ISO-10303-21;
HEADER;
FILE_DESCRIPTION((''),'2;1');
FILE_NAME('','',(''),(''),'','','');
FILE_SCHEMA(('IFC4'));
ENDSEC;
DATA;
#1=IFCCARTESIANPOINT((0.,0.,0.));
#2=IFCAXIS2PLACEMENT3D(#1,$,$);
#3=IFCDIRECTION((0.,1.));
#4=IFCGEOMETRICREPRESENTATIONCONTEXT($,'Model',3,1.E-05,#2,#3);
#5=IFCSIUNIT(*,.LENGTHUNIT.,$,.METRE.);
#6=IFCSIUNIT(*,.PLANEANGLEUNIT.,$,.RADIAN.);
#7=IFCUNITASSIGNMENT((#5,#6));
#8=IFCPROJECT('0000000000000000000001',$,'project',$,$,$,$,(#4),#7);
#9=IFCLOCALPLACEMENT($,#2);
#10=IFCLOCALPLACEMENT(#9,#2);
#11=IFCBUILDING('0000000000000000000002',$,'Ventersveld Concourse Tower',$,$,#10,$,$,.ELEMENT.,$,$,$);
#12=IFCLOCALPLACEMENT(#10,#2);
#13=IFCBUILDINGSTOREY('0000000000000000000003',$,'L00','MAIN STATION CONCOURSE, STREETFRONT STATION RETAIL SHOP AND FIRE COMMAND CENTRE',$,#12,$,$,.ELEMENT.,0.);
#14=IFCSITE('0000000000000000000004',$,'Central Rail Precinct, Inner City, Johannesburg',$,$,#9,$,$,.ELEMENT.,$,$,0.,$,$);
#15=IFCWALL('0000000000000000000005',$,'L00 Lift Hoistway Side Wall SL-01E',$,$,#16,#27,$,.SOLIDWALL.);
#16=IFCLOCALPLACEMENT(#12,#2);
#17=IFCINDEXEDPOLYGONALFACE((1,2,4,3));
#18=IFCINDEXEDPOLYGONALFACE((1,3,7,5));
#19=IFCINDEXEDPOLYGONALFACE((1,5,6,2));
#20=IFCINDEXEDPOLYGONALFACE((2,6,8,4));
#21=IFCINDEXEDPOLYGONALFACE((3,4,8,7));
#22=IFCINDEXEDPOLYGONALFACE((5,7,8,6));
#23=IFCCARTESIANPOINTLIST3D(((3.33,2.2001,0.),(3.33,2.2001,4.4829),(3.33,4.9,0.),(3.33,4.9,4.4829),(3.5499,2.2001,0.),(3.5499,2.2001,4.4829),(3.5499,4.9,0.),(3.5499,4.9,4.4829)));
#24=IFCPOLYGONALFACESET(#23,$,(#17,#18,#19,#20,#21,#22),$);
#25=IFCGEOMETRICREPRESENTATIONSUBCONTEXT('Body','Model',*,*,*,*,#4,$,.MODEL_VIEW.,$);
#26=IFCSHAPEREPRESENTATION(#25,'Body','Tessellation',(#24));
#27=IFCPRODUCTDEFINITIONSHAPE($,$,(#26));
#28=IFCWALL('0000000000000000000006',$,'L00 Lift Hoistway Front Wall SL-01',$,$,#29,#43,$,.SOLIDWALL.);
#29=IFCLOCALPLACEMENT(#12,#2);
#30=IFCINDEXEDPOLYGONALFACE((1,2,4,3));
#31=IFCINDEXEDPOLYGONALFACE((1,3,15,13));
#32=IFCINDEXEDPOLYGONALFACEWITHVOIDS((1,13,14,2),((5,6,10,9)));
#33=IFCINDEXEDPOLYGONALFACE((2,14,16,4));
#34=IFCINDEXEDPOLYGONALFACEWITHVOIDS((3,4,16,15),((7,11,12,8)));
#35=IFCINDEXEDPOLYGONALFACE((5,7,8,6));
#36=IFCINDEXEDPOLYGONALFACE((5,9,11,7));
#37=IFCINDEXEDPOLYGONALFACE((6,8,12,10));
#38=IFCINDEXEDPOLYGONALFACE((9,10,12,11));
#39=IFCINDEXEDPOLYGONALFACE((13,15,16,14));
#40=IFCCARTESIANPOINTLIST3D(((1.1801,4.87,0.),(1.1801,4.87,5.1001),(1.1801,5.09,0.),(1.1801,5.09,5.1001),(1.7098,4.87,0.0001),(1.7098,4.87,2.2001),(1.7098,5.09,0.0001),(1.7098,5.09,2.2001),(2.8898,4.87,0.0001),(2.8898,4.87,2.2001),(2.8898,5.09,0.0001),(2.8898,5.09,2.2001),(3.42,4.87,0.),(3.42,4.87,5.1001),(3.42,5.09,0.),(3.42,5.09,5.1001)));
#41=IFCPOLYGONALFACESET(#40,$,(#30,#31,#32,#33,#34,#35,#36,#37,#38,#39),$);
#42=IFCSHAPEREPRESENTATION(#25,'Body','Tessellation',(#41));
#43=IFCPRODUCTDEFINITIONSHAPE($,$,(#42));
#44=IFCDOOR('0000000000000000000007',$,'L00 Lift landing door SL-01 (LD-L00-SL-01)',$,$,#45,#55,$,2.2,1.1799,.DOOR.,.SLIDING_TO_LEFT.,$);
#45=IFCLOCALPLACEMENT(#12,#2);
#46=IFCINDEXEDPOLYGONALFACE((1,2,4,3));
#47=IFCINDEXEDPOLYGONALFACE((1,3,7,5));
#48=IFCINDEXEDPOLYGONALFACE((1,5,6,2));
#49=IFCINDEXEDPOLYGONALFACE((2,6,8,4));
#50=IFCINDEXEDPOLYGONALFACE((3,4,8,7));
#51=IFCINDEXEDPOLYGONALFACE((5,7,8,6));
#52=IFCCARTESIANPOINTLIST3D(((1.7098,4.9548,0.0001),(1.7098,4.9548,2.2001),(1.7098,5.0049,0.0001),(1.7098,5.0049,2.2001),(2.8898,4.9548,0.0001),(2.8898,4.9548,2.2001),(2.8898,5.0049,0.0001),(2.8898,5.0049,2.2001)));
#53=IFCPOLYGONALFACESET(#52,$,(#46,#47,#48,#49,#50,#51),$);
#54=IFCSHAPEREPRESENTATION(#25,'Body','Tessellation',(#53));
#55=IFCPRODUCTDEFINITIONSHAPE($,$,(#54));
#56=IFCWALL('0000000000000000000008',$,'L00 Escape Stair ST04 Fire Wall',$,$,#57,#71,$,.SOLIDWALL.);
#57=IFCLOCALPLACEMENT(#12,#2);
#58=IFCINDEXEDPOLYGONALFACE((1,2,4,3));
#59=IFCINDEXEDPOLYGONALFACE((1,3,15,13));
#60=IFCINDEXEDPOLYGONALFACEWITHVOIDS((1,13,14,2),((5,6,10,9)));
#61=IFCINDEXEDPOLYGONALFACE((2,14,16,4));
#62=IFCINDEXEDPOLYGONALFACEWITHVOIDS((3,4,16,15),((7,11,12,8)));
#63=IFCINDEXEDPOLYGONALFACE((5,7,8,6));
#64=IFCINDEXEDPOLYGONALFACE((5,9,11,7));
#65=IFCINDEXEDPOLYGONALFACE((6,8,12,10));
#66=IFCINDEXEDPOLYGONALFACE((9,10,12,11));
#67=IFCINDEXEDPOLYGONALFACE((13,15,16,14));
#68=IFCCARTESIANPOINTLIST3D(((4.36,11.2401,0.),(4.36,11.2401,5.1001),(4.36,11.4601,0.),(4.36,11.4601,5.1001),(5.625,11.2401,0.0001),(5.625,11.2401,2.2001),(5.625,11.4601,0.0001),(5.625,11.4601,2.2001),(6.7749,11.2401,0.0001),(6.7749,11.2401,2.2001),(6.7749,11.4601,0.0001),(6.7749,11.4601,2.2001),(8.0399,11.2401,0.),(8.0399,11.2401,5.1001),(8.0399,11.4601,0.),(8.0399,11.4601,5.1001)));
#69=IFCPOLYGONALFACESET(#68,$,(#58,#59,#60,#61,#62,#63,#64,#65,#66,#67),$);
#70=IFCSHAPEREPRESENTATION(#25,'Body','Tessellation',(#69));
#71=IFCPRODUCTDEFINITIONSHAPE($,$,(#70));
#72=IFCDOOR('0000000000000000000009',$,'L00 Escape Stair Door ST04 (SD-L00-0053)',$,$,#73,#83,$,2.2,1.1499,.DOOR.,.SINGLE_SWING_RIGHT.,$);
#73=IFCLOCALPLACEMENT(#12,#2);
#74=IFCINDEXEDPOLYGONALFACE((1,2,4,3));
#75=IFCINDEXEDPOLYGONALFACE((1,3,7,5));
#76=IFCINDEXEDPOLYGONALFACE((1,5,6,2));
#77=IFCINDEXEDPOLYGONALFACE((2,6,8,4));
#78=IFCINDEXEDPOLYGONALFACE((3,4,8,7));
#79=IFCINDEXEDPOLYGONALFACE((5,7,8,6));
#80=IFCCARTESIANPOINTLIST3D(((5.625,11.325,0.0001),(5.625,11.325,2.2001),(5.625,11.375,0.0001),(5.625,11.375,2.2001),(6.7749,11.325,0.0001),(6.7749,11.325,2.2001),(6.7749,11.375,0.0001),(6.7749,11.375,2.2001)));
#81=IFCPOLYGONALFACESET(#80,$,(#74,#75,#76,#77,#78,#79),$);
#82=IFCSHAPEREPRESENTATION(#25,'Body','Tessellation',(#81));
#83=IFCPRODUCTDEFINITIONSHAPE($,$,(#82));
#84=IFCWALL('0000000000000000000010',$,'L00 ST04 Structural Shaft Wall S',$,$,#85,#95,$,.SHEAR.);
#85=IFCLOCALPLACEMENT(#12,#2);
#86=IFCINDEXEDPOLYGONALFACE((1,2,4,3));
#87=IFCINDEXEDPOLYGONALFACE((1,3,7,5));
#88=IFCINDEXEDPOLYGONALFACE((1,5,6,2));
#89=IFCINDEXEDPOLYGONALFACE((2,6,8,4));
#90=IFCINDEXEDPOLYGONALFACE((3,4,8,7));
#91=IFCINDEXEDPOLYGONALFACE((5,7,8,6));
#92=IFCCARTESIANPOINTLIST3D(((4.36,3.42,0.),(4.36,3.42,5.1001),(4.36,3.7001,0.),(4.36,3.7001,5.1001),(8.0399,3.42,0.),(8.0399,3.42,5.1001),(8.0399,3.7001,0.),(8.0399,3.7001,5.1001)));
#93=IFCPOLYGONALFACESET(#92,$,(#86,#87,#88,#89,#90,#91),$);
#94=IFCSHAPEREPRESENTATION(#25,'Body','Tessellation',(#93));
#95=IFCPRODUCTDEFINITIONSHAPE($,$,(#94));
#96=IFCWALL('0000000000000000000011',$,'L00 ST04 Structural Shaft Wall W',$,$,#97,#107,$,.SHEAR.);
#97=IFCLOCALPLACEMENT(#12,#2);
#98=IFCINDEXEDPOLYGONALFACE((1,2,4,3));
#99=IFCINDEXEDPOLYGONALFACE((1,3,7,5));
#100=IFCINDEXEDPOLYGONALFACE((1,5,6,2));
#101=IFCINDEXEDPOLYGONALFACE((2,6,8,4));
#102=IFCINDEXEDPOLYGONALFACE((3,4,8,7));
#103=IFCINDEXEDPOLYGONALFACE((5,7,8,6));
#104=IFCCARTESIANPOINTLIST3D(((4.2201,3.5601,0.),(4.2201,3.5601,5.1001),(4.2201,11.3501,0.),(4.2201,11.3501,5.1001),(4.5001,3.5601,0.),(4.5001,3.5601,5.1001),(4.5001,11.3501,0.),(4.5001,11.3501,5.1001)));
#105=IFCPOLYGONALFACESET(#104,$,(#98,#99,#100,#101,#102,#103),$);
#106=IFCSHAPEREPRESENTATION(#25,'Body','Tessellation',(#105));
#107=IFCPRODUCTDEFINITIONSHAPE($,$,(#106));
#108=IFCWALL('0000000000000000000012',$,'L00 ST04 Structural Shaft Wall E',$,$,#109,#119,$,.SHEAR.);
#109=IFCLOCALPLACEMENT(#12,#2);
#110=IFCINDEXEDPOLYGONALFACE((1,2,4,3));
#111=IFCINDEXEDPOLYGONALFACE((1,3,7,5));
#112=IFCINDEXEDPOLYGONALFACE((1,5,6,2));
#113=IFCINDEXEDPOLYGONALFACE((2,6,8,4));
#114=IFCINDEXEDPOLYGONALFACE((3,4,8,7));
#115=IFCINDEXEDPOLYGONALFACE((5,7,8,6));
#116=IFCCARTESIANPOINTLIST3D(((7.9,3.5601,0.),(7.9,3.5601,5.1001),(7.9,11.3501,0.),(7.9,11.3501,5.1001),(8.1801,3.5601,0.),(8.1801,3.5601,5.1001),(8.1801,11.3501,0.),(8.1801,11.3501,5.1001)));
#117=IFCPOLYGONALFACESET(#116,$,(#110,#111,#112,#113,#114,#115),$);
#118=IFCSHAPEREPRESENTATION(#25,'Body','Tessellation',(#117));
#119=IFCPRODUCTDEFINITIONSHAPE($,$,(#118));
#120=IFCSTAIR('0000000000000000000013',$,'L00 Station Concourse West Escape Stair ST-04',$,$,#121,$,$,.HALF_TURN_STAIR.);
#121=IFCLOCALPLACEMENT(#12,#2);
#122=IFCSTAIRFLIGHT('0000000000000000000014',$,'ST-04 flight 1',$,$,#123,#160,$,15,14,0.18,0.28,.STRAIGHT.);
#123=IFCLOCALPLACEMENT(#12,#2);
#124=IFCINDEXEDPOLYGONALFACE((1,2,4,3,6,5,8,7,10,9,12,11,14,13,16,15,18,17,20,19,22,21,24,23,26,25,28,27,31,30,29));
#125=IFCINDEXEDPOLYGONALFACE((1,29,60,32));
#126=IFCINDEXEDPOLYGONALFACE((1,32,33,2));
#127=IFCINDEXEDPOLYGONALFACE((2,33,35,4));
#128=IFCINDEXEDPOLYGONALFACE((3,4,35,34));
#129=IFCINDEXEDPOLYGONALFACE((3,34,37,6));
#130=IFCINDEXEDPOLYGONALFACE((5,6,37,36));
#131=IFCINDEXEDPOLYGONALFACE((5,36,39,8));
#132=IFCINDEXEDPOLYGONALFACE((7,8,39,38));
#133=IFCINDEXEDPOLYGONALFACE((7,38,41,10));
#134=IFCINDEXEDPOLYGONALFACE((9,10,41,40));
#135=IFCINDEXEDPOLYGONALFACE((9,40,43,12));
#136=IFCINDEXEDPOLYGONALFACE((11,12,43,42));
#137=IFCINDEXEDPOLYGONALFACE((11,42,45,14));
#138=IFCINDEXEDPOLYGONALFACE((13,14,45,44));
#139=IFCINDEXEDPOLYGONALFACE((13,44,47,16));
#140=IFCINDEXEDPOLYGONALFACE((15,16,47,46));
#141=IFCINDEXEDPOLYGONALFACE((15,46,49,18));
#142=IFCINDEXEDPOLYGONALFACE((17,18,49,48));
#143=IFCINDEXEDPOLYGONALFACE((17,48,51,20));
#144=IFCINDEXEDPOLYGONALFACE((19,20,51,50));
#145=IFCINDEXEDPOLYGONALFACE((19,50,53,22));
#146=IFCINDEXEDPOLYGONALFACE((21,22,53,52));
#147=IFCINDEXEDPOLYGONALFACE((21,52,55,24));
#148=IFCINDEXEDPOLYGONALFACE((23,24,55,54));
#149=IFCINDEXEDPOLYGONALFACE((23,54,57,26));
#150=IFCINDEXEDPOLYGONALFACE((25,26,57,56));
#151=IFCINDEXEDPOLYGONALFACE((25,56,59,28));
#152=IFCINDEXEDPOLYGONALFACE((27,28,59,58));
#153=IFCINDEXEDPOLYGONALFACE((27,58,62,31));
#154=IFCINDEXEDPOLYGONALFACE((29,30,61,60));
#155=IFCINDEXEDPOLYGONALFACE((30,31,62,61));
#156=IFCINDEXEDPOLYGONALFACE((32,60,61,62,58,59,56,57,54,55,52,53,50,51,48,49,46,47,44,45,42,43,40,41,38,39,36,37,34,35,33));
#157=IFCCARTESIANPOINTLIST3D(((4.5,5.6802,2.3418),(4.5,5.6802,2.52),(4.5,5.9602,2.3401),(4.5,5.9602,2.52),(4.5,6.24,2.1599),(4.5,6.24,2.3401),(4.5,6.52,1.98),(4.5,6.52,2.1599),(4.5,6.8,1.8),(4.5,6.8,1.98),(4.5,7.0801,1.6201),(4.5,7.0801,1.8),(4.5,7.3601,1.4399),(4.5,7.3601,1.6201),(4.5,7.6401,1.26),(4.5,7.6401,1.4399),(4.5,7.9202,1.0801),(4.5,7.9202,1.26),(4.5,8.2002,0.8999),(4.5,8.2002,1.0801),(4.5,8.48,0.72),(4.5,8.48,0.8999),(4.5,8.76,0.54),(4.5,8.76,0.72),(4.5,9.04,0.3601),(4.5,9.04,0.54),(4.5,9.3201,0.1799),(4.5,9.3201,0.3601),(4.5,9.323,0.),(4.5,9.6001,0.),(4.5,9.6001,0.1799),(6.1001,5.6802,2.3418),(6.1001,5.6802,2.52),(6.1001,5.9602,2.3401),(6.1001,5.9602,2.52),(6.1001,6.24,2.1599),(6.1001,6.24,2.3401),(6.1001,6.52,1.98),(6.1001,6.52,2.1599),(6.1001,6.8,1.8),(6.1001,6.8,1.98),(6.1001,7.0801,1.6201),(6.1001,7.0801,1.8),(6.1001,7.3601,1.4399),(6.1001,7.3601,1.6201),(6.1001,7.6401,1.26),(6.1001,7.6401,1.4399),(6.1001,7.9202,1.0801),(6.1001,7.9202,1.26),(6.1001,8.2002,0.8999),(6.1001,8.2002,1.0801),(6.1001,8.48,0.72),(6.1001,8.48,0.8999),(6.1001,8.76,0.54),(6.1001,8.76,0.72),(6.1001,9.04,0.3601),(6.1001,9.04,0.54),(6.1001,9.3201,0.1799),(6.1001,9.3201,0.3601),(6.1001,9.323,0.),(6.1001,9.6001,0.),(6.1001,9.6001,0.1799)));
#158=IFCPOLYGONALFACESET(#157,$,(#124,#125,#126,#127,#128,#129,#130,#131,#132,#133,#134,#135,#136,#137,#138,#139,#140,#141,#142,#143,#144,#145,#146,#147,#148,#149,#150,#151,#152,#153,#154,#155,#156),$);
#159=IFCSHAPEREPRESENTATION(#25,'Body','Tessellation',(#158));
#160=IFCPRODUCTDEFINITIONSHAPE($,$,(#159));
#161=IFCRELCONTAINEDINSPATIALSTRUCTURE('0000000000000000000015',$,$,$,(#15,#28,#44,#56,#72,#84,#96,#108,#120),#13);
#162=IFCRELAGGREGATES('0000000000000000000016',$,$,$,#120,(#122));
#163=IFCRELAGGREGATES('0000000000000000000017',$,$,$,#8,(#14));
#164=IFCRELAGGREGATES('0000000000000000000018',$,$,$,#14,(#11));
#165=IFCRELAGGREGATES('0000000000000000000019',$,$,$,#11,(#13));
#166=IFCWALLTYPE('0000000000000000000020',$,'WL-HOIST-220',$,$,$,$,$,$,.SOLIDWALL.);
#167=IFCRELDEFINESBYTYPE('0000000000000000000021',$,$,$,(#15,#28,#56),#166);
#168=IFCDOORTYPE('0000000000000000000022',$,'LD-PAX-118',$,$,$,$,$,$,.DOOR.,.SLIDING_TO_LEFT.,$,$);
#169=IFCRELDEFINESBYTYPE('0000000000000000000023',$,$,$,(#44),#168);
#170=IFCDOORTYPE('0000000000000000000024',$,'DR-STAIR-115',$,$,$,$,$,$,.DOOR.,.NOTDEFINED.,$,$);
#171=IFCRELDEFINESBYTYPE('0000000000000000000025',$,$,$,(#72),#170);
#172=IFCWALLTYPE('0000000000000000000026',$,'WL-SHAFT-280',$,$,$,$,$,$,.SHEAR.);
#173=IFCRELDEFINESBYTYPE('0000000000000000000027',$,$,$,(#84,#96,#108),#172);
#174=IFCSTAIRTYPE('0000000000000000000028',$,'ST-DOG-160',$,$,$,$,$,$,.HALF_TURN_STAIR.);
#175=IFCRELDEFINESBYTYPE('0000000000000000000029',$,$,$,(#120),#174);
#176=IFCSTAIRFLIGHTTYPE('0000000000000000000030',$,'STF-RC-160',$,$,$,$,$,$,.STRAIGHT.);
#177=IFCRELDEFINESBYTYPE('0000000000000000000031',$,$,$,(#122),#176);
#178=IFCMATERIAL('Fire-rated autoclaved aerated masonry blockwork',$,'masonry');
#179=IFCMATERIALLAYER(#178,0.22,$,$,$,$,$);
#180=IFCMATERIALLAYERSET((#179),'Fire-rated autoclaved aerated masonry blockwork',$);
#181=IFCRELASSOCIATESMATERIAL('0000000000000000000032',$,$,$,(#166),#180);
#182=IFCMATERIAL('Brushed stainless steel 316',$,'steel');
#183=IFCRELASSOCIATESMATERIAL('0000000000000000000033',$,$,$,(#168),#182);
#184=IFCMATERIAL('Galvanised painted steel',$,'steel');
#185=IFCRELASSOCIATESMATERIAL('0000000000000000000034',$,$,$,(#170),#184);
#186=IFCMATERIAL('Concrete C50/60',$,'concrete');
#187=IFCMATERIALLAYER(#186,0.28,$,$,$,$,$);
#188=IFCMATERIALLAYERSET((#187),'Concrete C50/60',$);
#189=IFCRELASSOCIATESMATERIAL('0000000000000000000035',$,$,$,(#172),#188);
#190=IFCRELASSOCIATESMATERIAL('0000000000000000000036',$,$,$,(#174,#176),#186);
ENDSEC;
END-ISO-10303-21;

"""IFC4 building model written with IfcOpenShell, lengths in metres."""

from ifc_helpers import new_model, si_unit, direction, frame, frame_2d, origin, place, context, subcontext, project, spatial, polyline, rectangle, outline, extrude, material, layer, layer_set, type_object, element, fill, aggregate, save


model = new_model("IFC4")

# Units and contexts
model_context = context("Model", 3, precision=1e-05, world=origin(), true_north=direction((0.0, 1.0)))
body_context = subcontext(model_context, "Body", "Model", "MODEL_VIEW")
ifc_project = project(units=[si_unit("LENGTHUNIT", "METRE"), si_unit("PLANEANGLEUNIT", "RADIAN")], contexts=[model_context])

# Site, building, storey
site_placement = place(None, origin())
site = spatial("IfcSite", under=ifc_project, at=site_placement, Name="Central Rail Precinct, Inner City, Johannesburg", CompositionType="ELEMENT", RefElevation=0.0)
building_placement = place(site_placement, origin())
building = spatial("IfcBuilding", under=site, at=building_placement, Name="Ventersveld Concourse Tower", CompositionType="ELEMENT")
storey_placement = place(building_placement, origin())
storey = spatial("IfcBuildingStorey", under=building, at=storey_placement, Name="L00", Description="MAIN STATION CONCOURSE, STREETFRONT STATION RETAIL SHOP AND FIRE COMMAND CENTRE", CompositionType="ELEMENT", Elevation=0.0)

# Wall
ifc_material_1 = material(Name="Fire-rated autoclaved aerated masonry blockwork", Category="masonry")
ifc_layer_1 = layer(ifc_material_1, 0.22)
ifc_layer_set_1 = layer_set([ifc_layer_1], Name="Fire-rated autoclaved aerated masonry blockwork")
wall_type_1 = type_object("IfcWallType", Name="WL-HOIST-220", PredefinedType="SOLIDWALL", material=ifc_layer_set_1)
wall_1_placement = place(storey_placement, frame((3.4399, 2.2, 0.0), z_axis=(0.0, 0.0, 1.0), x_axis=(0.0, 1.0, 0.0)))
element("IfcWall", 1, at=wall_1_placement, inside=storey, type_object=wall_type_1, Name="L00 Lift Hoistway Side Wall SL-01E", PredefinedType="SOLIDWALL", context=body_context, shape_type="SweptSolid", body=[
    extrude(rectangle(XDim=2.7, YDim=0.22, at=frame_2d((1.3501, 0.0))), origin(), (0.0, 0.0, 1.0), 4.4829),
])

# Walls, openings, doors
wall_2_placement = place(storey_placement, frame((1.1799, 4.98, 0.0), z_axis=(0.0, 0.0, 1.0), x_axis=(1.0, 0.0, 0.0)))
wall_2 = element("IfcWall", 2, at=wall_2_placement, inside=storey, type_object=wall_type_1, Name="L00 Lift Hoistway Front Wall SL-01", PredefinedType="SOLIDWALL", context=body_context, shape_type="SweptSolid", body=[
    extrude(rectangle(XDim=2.24, YDim=0.22, at=frame_2d((1.1201, 0.0))), origin(), (0.0, 0.0, 1.0), 5.1001),
])
opening_1_placement = place(wall_2_placement, frame((0.53, 0.0, 0.0)))
opening_1 = element("IfcOpeningElement", 3, at=opening_1_placement, cuts=wall_2, PredefinedType="OPENING", context=body_context, shape_type="SweptSolid", body=[
    extrude(rectangle(XDim=1.1799, YDim=2.2, at=frame_2d((0.5898, 1.1001))), frame((0.0, 0.1201, 0.0), z_axis=(0.0, -1.0, 0.0), x_axis=(1.0, 0.0, 0.0)), (0.0, 0.0, 1.0), 0.24),
])
ifc_material_2 = material(Name="Brushed stainless steel 316", Category="steel")
door_type_1 = type_object("IfcDoorType", Name="LD-PAX-118", OperationType="SLIDING_TO_LEFT", PredefinedType="DOOR", material=ifc_material_2)
door_1_placement = place(opening_1_placement, origin())
door_1 = element("IfcDoor", 4, at=door_1_placement, inside=storey, type_object=door_type_1, Name="L00 Lift landing door SL-01 (LD-L00-SL-01)", OperationType="SLIDING_TO_LEFT", OverallHeight=2.2, OverallWidth=1.1799, PredefinedType="DOOR", context=body_context, shape_type="SweptSolid", body=[
    extrude(rectangle(XDim=1.1799, YDim=2.2, at=frame_2d((0.5898, 1.1001))), frame((0.0, 0.0249, 0.0), z_axis=(0.0, -1.0, 0.0), x_axis=(1.0, 0.0, 0.0)), (0.0, 0.0, 1.0), 0.05),
])
fill(opening_1, door_1)
wall_3_placement = place(storey_placement, frame((4.3601, 11.3501, 0.0), z_axis=(0.0, 0.0, 1.0), x_axis=(1.0, 0.0, 0.0)))
wall_3 = element("IfcWall", 5, at=wall_3_placement, inside=storey, type_object=wall_type_1, Name="L00 Escape Stair ST04 Fire Wall", PredefinedType="SOLIDWALL", context=body_context, shape_type="SweptSolid", body=[
    extrude(rectangle(XDim=3.6799, YDim=0.22, at=frame_2d((1.8398, 0.0))), origin(), (0.0, 0.0, 1.0), 5.1001),
])
opening_2_placement = place(wall_3_placement, frame((1.2649, 0.0, 0.0)))
opening_2 = element("IfcOpeningElement", 6, at=opening_2_placement, cuts=wall_3, PredefinedType="OPENING", context=body_context, shape_type="SweptSolid", body=[
    extrude(rectangle(XDim=1.1499, YDim=2.2, at=frame_2d((0.575, 1.1001))), frame((0.0, 0.1201, 0.0), z_axis=(0.0, -1.0, 0.0), x_axis=(1.0, 0.0, 0.0)), (0.0, 0.0, 1.0), 0.24),
])
ifc_material_3 = material(Name="Galvanised painted steel", Category="steel")
door_type_2 = type_object("IfcDoorType", Name="DR-STAIR-115", OperationType="NOTDEFINED", PredefinedType="DOOR", material=ifc_material_3)
door_2_placement = place(opening_2_placement, origin())
door_2 = element("IfcDoor", 7, at=door_2_placement, inside=storey, type_object=door_type_2, Name="L00 Escape Stair Door ST04 (SD-L00-0053)", OperationType="SINGLE_SWING_RIGHT", OverallHeight=2.2, OverallWidth=1.1499, PredefinedType="DOOR", context=body_context, shape_type="SweptSolid", body=[
    extrude(rectangle(XDim=1.1499, YDim=2.2, at=frame_2d((0.575, 1.1001))), frame((0.0, 0.0249, 0.0), z_axis=(0.0, -1.0, 0.0), x_axis=(1.0, 0.0, 0.0)), (0.0, 0.0, 1.0), 0.05),
])
fill(opening_2, door_2)

# Walls
ifc_material_4 = material(Name="Concrete C50/60", Category="concrete")
ifc_layer_2 = layer(ifc_material_4, 0.28)
ifc_layer_set_2 = layer_set([ifc_layer_2], Name="Concrete C50/60")
wall_type_2 = type_object("IfcWallType", Name="WL-SHAFT-280", PredefinedType="SHEAR", material=ifc_layer_set_2)
wall_4_placement = place(storey_placement, frame((4.3601, 3.5601, 0.0), z_axis=(0.0, 0.0, 1.0), x_axis=(1.0, 0.0, 0.0)))
element("IfcWall", 8, at=wall_4_placement, inside=storey, type_object=wall_type_2, Name="L00 ST04 Structural Shaft Wall S", PredefinedType="SHEAR", context=body_context, shape_type="SweptSolid", body=[
    extrude(rectangle(XDim=3.6799, YDim=0.28, at=frame_2d((1.8398, 0.0))), origin(), (0.0, 0.0, 1.0), 5.1001),
])
for number, where, z_axis, x_axis, name in (
    (9, (4.3601, 3.5601, 0.0), (0.0, 0.0, 1.0), (0.0, 1.0, 0.0), "L00 ST04 Structural Shaft Wall W"),
    (10, (8.04, 3.5601, 0.0), (0.0, 0.0, 1.0), (0.0, 1.0, 0.0), "L00 ST04 Structural Shaft Wall E"),
):
    element("IfcWall", number, at=place(storey_placement, frame(where, z_axis=z_axis, x_axis=x_axis)), inside=storey, type_object=wall_type_2, Name=name, PredefinedType="SHEAR", context=body_context, shape_type="SweptSolid", body=[
        extrude(rectangle(XDim=7.79, YDim=0.28, at=frame_2d((3.895, 0.0))), origin(), (0.0, 0.0, 1.0), 5.1001),
    ])

# Stair, stair flight
stair_type = type_object("IfcStairType", Name="ST-DOG-160", PredefinedType="HALF_TURN_STAIR", material=ifc_material_4)
stair_placement = place(storey_placement, origin())
stair = element("IfcStair", 11, at=stair_placement, inside=storey, type_object=stair_type, Name="L00 Station Concourse West Escape Stair ST-04", PredefinedType="HALF_TURN_STAIR")
stair_flight_type = type_object("IfcStairFlightType", Name="STF-RC-160", PredefinedType="STRAIGHT", material=ifc_material_4)
stair_flight_1_placement = place(storey_placement, frame((5.3, 9.6001, 0.0), z_axis=(0.0, 0.0, 1.0), x_axis=(0.0, -1.0, 0.0)))
stair_flight_1 = element("IfcStairFlight", 12, at=stair_flight_1_placement, type_object=stair_flight_type, Name="ST-04 flight 1", NumberOfRisers=15, NumberOfTreads=14, PredefinedType="STRAIGHT", RiserHeight=0.18, TreadLength=0.28, context=body_context, shape_type="SweptSolid", body=[
    extrude(outline(polyline([(0.0, 0.0), (0.0, 0.1799), (0.28, 0.1799), (0.28, 0.3601), (0.5601, 0.3601), (0.5601, 0.54), (0.8401, 0.54), (0.8401, 0.72), (1.1201, 0.72), (1.1201, 0.8999), (1.3999, 0.8999), (1.3999, 1.0801), (1.6799, 1.0801), (1.6799, 1.26), (1.96, 1.26), (1.96, 1.4399), (2.24, 1.4399), (2.24, 1.6201), (2.52, 1.6201), (2.52, 1.8), (2.8, 1.8), (2.8, 1.98), (3.0801, 1.98), (3.0801, 2.1599), (3.3601, 2.1599), (3.3601, 2.3401), (3.6399, 2.3401), (3.6399, 2.52), (3.9199, 2.52), (3.9199, 2.7), (3.9199, 2.3418), (0.2771, 0.0), (0.0, 0.0)])), frame((0.0, 0.8, 0.0), z_axis=(0.0, -1.0, 0.0), x_axis=(1.0, 0.0, 0.0)), (0.0, 0.0, 1.0), 1.6001),
])
aggregate(stair, [stair_flight_1])

save(model, "model.ifc")
